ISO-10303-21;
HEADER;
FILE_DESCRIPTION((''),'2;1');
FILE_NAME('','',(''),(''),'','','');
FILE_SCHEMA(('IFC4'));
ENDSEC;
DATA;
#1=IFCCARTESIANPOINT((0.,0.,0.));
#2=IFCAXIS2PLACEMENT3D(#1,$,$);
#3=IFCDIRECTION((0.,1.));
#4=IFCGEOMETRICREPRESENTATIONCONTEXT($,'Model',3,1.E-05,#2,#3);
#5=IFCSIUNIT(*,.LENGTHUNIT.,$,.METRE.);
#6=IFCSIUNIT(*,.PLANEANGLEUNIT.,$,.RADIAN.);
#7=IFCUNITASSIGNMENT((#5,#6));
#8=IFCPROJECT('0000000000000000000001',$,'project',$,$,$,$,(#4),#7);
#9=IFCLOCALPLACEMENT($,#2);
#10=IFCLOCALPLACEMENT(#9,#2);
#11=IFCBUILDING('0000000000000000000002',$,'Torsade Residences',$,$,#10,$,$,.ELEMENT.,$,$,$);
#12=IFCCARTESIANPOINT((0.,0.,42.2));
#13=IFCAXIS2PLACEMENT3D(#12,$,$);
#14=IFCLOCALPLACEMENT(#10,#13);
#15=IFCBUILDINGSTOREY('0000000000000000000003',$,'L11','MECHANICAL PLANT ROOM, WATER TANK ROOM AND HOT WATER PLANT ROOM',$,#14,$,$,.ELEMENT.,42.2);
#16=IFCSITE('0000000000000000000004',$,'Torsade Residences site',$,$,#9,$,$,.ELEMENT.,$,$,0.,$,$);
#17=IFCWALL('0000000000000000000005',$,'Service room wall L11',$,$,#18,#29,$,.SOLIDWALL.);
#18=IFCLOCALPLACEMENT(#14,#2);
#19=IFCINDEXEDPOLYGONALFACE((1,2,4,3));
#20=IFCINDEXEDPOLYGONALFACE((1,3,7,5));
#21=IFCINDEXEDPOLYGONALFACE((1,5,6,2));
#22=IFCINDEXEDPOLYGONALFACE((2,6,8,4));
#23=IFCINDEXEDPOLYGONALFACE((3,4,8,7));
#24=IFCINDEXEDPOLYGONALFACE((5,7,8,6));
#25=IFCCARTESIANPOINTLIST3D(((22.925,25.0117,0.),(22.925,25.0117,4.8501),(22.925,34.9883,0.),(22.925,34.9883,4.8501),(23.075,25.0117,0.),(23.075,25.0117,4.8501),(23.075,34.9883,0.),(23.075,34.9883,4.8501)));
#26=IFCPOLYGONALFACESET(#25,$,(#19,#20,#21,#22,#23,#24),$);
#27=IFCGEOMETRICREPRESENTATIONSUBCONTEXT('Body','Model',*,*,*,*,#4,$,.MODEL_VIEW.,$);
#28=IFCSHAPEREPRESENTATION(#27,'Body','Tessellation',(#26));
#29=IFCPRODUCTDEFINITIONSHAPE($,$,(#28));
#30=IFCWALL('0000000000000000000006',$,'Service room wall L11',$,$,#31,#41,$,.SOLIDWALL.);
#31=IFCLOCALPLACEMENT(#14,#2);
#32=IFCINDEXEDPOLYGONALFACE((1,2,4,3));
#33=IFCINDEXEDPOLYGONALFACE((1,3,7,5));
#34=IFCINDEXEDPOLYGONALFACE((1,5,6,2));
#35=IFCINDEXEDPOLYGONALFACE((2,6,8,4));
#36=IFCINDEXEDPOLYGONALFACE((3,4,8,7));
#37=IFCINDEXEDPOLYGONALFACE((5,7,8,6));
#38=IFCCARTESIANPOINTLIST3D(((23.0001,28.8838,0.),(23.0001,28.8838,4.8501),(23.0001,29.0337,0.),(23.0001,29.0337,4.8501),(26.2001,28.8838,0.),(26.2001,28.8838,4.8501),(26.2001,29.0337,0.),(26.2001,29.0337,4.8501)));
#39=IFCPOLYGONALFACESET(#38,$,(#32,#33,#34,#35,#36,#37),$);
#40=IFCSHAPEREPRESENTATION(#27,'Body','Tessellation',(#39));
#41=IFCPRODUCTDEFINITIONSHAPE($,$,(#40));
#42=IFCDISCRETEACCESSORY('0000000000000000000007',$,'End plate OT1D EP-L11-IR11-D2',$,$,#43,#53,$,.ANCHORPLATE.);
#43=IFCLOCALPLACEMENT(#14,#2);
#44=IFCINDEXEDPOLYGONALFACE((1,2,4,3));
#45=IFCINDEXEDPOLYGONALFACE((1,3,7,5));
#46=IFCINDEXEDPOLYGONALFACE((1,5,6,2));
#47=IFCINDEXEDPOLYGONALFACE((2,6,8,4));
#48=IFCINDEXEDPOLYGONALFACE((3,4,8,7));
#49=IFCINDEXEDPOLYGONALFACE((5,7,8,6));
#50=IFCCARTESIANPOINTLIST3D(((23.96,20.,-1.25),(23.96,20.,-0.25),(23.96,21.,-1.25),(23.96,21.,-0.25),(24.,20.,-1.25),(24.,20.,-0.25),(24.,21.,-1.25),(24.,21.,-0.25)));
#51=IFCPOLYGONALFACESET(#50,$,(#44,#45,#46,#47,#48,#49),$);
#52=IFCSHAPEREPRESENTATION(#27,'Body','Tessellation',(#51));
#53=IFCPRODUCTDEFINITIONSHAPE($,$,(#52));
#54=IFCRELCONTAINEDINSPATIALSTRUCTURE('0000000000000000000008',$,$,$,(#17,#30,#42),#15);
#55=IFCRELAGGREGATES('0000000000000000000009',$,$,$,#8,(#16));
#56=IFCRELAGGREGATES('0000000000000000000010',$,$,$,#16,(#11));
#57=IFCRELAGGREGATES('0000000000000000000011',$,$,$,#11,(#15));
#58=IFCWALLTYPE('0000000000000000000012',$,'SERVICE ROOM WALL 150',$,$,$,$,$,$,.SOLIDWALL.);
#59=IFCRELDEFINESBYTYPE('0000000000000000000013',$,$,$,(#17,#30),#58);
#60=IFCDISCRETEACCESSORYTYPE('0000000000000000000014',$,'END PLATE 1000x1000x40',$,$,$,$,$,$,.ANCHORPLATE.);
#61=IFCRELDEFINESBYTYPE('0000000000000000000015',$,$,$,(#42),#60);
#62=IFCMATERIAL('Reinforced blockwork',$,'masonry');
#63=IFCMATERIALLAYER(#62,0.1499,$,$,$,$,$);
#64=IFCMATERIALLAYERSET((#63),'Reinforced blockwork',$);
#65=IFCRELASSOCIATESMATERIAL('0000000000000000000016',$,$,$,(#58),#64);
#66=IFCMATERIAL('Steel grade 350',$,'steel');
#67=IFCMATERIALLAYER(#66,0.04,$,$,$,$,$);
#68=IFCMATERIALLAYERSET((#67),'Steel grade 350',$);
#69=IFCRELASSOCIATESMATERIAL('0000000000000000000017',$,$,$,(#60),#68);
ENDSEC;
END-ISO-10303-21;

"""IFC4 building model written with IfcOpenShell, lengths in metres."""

from ifc_helpers import new_model, si_unit, direction, frame, frame_2d, origin, origin_2d, place, context, subcontext, project, spatial, rectangle, extrude, material, layer, layer_set, type_object, element, save


model = new_model("IFC4")

# Units and contexts
model_context = context("Model", 3, precision=1e-05, world=origin(), true_north=direction((0.0, 1.0)))
body_context = subcontext(model_context, "Body", "Model", "MODEL_VIEW")
ifc_project = project(units=[si_unit("LENGTHUNIT", "METRE"), si_unit("PLANEANGLEUNIT", "RADIAN")], contexts=[model_context])

# Site, building, storey
site_placement = place(None, origin())
site = spatial("IfcSite", under=ifc_project, at=site_placement, Name="Torsade Residences site", CompositionType="ELEMENT", RefElevation=0.0)
building_placement = place(site_placement, origin())
building = spatial("IfcBuilding", under=site, at=building_placement, Name="Torsade Residences", CompositionType="ELEMENT")
storey_placement = place(building_placement, frame((0.0, 0.0, 42.2)))
storey = spatial("IfcBuildingStorey", under=building, at=storey_placement, Name="L11", Description="MECHANICAL PLANT ROOM, WATER TANK ROOM AND HOT WATER PLANT ROOM", CompositionType="ELEMENT", Elevation=42.2)

# Shared definitions
ifc_material_1 = material(Name="Reinforced blockwork", Category="masonry")
ifc_layer_1 = layer(ifc_material_1, 0.1499)
ifc_layer_set_1 = layer_set([ifc_layer_1], Name="Reinforced blockwork")
wall_type_1 = type_object("IfcWallType", Name="SERVICE ROOM WALL 150", PredefinedType="SOLIDWALL", material=ifc_layer_set_1)

# Walls
wall_1_placement = place(storey_placement, frame((23.0, 25.0117, 0.0), z_axis=(0.0, 0.0, 1.0), x_axis=(0.0, 1.0, 0.0)))
element("IfcWall", 1, at=wall_1_placement, inside=storey, type_object=wall_type_1, Name="Service room wall L11", PredefinedType="SOLIDWALL", context=body_context, shape_type="SweptSolid", body=[
    extrude(rectangle(XDim=9.9766, YDim=0.1499, at=frame_2d((4.9883, 0.0))), origin(), (0.0, 0.0, 1.0), 4.8501),
])
wall_2_placement = place(storey_placement, frame((23.0, 28.9587, 0.0), z_axis=(0.0, 0.0, 1.0), x_axis=(1.0, 0.0, 0.0)))
element("IfcWall", 2, at=wall_2_placement, inside=storey, type_object=wall_type_1, Name="Service room wall L11", PredefinedType="SOLIDWALL", context=body_context, shape_type="SweptSolid", body=[
    extrude(rectangle(XDim=3.2, YDim=0.1499, at=frame_2d((1.6001, 0.0))), origin(), (0.0, 0.0, 1.0), 4.8501),
])

# Discrete accessory
ifc_material_2 = material(Name="Steel grade 350", Category="steel")
ifc_layer_2 = layer(ifc_material_2, 0.04)
ifc_layer_set_2 = layer_set([ifc_layer_2], Name="Steel grade 350")
discrete_accessory_type = type_object("IfcDiscreteAccessoryType", Name="END PLATE 1000x1000x40", PredefinedType="ANCHORPLATE", material=ifc_layer_set_2)
discrete_accessory_placement = place(storey_placement, frame((23.98, 20.5, -1.25), z_axis=(0.0, 0.0, 1.0), x_axis=(1.0, 0.0, 0.0)))
element("IfcDiscreteAccessory", 3, at=discrete_accessory_placement, inside=storey, type_object=discrete_accessory_type, Name="End plate OT1D EP-L11-IR11-D2", PredefinedType="ANCHORPLATE", context=body_context, shape_type="SweptSolid", body=[
    extrude(rectangle(XDim=0.04, YDim=1.0, at=origin_2d()), origin(), (0.0, 0.0, 1.0), 1.0),
])

save(model, "model.ifc")
